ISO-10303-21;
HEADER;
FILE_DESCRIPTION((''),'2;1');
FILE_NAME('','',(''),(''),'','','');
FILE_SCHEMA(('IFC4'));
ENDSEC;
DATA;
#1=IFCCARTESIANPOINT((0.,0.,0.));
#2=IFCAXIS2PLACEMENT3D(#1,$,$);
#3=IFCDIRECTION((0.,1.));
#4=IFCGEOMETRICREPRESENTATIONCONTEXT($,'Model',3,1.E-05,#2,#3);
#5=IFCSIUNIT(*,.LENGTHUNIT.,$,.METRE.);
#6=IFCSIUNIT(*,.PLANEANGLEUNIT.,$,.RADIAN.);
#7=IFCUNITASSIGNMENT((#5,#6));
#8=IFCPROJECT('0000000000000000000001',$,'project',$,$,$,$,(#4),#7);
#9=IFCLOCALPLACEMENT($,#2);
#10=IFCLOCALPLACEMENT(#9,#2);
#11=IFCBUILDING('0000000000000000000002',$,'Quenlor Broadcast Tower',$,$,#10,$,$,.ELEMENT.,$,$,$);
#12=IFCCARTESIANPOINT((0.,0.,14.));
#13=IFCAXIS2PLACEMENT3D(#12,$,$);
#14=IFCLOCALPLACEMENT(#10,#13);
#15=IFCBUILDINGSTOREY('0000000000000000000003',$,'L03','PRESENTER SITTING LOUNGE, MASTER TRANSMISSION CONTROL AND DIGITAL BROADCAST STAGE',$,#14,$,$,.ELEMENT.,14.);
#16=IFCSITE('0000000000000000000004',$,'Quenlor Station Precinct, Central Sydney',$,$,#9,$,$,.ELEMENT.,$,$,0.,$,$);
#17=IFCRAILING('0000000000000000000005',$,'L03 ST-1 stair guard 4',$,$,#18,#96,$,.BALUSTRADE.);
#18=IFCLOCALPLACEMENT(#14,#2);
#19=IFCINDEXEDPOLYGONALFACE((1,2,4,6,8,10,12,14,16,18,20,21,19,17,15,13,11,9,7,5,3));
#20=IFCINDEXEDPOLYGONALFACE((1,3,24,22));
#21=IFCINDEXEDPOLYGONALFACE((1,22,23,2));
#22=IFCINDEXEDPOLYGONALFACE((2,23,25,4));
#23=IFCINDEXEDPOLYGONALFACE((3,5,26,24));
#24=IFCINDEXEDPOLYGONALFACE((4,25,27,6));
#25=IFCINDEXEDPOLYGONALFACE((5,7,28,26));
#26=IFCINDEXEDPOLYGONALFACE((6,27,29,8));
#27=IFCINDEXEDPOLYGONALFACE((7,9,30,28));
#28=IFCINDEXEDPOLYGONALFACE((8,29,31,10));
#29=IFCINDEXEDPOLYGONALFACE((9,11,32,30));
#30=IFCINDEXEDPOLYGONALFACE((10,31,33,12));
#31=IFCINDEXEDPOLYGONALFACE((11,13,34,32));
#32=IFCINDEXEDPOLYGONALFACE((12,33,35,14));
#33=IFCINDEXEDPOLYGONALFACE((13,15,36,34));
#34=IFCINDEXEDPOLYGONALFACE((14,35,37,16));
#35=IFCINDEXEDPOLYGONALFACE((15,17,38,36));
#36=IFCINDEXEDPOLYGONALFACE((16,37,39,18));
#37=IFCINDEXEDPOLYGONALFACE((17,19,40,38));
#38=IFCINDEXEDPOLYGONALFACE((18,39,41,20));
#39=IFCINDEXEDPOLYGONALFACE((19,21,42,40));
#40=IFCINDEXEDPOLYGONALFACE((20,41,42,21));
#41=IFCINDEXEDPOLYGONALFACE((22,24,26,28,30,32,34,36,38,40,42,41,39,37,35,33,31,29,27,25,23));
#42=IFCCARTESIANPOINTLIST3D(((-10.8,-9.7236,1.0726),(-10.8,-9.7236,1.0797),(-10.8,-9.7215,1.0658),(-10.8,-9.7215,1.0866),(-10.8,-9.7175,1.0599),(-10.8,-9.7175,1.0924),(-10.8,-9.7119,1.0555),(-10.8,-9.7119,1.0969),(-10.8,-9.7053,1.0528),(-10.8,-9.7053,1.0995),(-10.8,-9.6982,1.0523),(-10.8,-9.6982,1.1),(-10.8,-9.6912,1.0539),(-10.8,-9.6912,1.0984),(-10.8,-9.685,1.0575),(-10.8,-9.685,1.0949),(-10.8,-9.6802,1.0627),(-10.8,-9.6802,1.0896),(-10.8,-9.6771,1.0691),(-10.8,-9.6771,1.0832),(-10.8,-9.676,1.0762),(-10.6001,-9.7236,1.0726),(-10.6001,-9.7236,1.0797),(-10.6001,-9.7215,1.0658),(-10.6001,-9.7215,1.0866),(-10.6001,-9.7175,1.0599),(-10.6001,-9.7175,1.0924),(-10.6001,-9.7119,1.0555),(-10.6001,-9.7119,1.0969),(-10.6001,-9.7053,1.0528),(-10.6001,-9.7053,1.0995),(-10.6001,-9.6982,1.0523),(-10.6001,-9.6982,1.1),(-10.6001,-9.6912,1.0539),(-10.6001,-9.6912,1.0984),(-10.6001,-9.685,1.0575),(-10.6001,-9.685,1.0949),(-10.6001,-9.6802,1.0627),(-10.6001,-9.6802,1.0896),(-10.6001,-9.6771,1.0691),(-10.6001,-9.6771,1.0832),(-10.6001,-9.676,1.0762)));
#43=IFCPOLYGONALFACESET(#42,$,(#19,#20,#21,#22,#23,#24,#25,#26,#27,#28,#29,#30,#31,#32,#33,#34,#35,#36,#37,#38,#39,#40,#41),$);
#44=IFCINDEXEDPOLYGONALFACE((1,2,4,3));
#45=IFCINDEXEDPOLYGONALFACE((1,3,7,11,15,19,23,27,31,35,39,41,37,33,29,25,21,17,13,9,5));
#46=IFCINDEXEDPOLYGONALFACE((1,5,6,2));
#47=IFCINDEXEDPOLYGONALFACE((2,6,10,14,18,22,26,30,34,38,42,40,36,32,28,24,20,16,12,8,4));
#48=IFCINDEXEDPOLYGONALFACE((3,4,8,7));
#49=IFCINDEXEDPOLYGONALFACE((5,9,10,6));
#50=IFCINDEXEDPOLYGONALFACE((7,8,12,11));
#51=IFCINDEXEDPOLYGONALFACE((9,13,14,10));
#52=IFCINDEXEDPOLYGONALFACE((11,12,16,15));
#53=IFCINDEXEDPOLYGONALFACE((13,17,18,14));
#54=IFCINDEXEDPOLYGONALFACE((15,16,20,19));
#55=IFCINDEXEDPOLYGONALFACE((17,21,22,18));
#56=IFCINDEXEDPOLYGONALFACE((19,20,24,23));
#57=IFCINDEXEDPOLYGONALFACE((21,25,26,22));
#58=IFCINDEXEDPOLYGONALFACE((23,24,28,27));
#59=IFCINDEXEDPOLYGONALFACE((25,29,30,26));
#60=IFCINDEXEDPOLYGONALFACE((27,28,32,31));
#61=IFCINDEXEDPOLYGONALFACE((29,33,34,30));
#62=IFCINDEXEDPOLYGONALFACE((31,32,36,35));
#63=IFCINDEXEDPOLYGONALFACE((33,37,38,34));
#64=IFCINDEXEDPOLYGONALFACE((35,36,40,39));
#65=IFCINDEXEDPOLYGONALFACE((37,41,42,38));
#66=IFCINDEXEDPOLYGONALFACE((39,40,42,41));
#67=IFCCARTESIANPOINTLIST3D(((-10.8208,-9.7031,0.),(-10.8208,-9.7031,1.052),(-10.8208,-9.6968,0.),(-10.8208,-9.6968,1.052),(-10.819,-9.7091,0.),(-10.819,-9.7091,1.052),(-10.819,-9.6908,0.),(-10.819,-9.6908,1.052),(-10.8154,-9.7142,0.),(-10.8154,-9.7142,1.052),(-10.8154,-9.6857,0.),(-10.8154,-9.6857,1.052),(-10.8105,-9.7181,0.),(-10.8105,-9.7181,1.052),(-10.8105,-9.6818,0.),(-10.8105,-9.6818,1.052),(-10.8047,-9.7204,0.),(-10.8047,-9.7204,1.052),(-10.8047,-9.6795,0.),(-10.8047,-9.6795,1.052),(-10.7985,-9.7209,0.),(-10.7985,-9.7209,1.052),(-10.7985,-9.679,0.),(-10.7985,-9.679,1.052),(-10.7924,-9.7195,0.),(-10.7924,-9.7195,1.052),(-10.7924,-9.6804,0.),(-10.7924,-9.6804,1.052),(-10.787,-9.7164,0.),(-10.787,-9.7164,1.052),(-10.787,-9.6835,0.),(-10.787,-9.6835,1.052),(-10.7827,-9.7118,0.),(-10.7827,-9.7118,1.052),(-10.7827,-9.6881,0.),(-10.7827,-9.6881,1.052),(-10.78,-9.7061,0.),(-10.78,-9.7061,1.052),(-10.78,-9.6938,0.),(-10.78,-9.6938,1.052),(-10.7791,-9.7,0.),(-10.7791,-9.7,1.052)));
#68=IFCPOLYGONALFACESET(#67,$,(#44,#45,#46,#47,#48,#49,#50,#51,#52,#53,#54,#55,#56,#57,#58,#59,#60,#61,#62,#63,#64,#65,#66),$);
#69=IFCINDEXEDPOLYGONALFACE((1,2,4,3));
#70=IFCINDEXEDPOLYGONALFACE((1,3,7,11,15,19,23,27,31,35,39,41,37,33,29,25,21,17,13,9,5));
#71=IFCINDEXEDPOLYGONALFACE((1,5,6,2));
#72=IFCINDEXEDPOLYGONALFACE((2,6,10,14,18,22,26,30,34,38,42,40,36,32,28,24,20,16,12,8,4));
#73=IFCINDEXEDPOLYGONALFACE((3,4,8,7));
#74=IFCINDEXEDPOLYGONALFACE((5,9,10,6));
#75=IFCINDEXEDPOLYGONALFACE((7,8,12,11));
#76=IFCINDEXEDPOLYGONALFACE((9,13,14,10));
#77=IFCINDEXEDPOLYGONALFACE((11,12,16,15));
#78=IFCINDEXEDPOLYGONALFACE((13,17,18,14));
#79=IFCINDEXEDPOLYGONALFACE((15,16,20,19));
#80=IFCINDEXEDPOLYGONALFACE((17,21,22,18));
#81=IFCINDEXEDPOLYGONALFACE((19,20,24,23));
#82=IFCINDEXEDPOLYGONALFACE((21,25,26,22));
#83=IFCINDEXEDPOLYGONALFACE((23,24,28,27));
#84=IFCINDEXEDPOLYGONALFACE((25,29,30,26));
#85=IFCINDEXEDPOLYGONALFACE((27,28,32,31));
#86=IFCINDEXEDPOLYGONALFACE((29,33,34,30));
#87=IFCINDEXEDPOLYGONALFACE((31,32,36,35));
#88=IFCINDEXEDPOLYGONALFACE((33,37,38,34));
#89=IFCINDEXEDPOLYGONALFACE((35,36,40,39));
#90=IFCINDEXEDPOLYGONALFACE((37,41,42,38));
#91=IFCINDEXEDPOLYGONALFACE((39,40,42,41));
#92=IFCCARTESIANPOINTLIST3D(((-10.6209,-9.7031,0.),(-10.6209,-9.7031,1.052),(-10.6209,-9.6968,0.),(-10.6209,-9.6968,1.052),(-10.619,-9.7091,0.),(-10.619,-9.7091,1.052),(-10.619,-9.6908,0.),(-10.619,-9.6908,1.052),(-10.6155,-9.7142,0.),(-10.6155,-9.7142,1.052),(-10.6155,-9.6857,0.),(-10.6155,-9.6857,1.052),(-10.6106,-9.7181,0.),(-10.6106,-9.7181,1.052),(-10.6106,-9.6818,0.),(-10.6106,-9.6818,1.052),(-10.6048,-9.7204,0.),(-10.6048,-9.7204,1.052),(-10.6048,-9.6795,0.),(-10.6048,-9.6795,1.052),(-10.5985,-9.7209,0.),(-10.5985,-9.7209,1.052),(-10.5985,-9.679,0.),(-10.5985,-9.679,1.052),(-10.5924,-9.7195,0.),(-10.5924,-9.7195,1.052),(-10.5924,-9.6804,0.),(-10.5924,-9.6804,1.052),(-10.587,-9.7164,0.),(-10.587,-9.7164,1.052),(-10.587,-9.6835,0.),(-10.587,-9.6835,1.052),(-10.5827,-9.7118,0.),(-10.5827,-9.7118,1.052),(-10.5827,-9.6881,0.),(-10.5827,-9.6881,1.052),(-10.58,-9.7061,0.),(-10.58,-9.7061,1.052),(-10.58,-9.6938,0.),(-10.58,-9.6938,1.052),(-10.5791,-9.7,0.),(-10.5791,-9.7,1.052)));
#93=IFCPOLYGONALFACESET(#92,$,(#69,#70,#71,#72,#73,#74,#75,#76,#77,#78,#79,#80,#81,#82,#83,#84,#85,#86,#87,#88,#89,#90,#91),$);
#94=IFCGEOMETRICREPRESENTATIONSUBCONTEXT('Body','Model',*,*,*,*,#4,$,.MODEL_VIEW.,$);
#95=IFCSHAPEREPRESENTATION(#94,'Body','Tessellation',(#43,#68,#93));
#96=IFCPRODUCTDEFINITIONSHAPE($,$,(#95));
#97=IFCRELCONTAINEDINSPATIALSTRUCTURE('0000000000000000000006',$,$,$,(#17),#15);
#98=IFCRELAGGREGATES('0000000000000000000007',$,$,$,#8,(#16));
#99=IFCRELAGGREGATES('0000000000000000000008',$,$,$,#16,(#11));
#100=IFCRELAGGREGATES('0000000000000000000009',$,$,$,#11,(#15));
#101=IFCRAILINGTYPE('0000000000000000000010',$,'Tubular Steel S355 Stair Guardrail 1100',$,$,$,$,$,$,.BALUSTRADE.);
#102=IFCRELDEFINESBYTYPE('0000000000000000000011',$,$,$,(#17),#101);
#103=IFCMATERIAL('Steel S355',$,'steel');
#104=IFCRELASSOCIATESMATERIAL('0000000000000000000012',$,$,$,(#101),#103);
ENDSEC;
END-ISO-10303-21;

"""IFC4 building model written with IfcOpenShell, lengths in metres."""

from ifc_helpers import new_model, si_unit, direction, frame, origin, origin_2d, place, context, subcontext, project, spatial, circle, extrude, material, type_object, element, save


model = new_model("IFC4")

# Units and contexts
model_context = context("Model", 3, precision=1e-05, world=origin(), true_north=direction((0.0, 1.0)))
body_context = subcontext(model_context, "Body", "Model", "MODEL_VIEW")
ifc_project = project(units=[si_unit("LENGTHUNIT", "METRE"), si_unit("PLANEANGLEUNIT", "RADIAN")], contexts=[model_context])

# Site, building, storey
site_placement = place(None, origin())
site = spatial("IfcSite", under=ifc_project, at=site_placement, Name="Quenlor Station Precinct, Central Sydney", CompositionType="ELEMENT", RefElevation=0.0)
building_placement = place(site_placement, origin())
building = spatial("IfcBuilding", under=site, at=building_placement, Name="Quenlor Broadcast Tower", CompositionType="ELEMENT")
storey_placement = place(building_placement, frame((0.0, 0.0, 14.0)))
storey = spatial("IfcBuildingStorey", under=building, at=storey_placement, Name="L03", Description="PRESENTER SITTING LOUNGE, MASTER TRANSMISSION CONTROL AND DIGITAL BROADCAST STAGE", CompositionType="ELEMENT", Elevation=14.0)

# Railing
ifc_material_1 = material(Name="Steel S355", Category="steel")
railing_type_1 = type_object("IfcRailingType", Name="Tubular Steel S355 Stair Guardrail 1100", PredefinedType="BALUSTRADE", material=ifc_material_1)
railing_1_placement = place(storey_placement, frame((-10.8, -9.7, 0.0)))
element("IfcRailing", 1, at=railing_1_placement, inside=storey, type_object=railing_type_1, Name="L03 ST-1 stair guard 4", PredefinedType="BALUSTRADE", context=body_context, shape_type="SweptSolid", body=[
    extrude(circle(Radius=0.0239, at=origin_2d()), frame((0.0, 0.0, 1.0762), z_axis=(1.0, 0.0, 0.0), x_axis=(0.0, 1.0, 0.0)), (0.0, 0.0, 1.0), 0.2),
    extrude(circle(Radius=0.021, at=origin_2d()), origin(), (0.0, 0.0, 1.0), 1.052),
    extrude(circle(Radius=0.021, at=origin_2d()), frame((0.2, 0.0, 0.0)), (0.0, 0.0, 1.0), 1.052),
])

save(model, "model.ifc")
